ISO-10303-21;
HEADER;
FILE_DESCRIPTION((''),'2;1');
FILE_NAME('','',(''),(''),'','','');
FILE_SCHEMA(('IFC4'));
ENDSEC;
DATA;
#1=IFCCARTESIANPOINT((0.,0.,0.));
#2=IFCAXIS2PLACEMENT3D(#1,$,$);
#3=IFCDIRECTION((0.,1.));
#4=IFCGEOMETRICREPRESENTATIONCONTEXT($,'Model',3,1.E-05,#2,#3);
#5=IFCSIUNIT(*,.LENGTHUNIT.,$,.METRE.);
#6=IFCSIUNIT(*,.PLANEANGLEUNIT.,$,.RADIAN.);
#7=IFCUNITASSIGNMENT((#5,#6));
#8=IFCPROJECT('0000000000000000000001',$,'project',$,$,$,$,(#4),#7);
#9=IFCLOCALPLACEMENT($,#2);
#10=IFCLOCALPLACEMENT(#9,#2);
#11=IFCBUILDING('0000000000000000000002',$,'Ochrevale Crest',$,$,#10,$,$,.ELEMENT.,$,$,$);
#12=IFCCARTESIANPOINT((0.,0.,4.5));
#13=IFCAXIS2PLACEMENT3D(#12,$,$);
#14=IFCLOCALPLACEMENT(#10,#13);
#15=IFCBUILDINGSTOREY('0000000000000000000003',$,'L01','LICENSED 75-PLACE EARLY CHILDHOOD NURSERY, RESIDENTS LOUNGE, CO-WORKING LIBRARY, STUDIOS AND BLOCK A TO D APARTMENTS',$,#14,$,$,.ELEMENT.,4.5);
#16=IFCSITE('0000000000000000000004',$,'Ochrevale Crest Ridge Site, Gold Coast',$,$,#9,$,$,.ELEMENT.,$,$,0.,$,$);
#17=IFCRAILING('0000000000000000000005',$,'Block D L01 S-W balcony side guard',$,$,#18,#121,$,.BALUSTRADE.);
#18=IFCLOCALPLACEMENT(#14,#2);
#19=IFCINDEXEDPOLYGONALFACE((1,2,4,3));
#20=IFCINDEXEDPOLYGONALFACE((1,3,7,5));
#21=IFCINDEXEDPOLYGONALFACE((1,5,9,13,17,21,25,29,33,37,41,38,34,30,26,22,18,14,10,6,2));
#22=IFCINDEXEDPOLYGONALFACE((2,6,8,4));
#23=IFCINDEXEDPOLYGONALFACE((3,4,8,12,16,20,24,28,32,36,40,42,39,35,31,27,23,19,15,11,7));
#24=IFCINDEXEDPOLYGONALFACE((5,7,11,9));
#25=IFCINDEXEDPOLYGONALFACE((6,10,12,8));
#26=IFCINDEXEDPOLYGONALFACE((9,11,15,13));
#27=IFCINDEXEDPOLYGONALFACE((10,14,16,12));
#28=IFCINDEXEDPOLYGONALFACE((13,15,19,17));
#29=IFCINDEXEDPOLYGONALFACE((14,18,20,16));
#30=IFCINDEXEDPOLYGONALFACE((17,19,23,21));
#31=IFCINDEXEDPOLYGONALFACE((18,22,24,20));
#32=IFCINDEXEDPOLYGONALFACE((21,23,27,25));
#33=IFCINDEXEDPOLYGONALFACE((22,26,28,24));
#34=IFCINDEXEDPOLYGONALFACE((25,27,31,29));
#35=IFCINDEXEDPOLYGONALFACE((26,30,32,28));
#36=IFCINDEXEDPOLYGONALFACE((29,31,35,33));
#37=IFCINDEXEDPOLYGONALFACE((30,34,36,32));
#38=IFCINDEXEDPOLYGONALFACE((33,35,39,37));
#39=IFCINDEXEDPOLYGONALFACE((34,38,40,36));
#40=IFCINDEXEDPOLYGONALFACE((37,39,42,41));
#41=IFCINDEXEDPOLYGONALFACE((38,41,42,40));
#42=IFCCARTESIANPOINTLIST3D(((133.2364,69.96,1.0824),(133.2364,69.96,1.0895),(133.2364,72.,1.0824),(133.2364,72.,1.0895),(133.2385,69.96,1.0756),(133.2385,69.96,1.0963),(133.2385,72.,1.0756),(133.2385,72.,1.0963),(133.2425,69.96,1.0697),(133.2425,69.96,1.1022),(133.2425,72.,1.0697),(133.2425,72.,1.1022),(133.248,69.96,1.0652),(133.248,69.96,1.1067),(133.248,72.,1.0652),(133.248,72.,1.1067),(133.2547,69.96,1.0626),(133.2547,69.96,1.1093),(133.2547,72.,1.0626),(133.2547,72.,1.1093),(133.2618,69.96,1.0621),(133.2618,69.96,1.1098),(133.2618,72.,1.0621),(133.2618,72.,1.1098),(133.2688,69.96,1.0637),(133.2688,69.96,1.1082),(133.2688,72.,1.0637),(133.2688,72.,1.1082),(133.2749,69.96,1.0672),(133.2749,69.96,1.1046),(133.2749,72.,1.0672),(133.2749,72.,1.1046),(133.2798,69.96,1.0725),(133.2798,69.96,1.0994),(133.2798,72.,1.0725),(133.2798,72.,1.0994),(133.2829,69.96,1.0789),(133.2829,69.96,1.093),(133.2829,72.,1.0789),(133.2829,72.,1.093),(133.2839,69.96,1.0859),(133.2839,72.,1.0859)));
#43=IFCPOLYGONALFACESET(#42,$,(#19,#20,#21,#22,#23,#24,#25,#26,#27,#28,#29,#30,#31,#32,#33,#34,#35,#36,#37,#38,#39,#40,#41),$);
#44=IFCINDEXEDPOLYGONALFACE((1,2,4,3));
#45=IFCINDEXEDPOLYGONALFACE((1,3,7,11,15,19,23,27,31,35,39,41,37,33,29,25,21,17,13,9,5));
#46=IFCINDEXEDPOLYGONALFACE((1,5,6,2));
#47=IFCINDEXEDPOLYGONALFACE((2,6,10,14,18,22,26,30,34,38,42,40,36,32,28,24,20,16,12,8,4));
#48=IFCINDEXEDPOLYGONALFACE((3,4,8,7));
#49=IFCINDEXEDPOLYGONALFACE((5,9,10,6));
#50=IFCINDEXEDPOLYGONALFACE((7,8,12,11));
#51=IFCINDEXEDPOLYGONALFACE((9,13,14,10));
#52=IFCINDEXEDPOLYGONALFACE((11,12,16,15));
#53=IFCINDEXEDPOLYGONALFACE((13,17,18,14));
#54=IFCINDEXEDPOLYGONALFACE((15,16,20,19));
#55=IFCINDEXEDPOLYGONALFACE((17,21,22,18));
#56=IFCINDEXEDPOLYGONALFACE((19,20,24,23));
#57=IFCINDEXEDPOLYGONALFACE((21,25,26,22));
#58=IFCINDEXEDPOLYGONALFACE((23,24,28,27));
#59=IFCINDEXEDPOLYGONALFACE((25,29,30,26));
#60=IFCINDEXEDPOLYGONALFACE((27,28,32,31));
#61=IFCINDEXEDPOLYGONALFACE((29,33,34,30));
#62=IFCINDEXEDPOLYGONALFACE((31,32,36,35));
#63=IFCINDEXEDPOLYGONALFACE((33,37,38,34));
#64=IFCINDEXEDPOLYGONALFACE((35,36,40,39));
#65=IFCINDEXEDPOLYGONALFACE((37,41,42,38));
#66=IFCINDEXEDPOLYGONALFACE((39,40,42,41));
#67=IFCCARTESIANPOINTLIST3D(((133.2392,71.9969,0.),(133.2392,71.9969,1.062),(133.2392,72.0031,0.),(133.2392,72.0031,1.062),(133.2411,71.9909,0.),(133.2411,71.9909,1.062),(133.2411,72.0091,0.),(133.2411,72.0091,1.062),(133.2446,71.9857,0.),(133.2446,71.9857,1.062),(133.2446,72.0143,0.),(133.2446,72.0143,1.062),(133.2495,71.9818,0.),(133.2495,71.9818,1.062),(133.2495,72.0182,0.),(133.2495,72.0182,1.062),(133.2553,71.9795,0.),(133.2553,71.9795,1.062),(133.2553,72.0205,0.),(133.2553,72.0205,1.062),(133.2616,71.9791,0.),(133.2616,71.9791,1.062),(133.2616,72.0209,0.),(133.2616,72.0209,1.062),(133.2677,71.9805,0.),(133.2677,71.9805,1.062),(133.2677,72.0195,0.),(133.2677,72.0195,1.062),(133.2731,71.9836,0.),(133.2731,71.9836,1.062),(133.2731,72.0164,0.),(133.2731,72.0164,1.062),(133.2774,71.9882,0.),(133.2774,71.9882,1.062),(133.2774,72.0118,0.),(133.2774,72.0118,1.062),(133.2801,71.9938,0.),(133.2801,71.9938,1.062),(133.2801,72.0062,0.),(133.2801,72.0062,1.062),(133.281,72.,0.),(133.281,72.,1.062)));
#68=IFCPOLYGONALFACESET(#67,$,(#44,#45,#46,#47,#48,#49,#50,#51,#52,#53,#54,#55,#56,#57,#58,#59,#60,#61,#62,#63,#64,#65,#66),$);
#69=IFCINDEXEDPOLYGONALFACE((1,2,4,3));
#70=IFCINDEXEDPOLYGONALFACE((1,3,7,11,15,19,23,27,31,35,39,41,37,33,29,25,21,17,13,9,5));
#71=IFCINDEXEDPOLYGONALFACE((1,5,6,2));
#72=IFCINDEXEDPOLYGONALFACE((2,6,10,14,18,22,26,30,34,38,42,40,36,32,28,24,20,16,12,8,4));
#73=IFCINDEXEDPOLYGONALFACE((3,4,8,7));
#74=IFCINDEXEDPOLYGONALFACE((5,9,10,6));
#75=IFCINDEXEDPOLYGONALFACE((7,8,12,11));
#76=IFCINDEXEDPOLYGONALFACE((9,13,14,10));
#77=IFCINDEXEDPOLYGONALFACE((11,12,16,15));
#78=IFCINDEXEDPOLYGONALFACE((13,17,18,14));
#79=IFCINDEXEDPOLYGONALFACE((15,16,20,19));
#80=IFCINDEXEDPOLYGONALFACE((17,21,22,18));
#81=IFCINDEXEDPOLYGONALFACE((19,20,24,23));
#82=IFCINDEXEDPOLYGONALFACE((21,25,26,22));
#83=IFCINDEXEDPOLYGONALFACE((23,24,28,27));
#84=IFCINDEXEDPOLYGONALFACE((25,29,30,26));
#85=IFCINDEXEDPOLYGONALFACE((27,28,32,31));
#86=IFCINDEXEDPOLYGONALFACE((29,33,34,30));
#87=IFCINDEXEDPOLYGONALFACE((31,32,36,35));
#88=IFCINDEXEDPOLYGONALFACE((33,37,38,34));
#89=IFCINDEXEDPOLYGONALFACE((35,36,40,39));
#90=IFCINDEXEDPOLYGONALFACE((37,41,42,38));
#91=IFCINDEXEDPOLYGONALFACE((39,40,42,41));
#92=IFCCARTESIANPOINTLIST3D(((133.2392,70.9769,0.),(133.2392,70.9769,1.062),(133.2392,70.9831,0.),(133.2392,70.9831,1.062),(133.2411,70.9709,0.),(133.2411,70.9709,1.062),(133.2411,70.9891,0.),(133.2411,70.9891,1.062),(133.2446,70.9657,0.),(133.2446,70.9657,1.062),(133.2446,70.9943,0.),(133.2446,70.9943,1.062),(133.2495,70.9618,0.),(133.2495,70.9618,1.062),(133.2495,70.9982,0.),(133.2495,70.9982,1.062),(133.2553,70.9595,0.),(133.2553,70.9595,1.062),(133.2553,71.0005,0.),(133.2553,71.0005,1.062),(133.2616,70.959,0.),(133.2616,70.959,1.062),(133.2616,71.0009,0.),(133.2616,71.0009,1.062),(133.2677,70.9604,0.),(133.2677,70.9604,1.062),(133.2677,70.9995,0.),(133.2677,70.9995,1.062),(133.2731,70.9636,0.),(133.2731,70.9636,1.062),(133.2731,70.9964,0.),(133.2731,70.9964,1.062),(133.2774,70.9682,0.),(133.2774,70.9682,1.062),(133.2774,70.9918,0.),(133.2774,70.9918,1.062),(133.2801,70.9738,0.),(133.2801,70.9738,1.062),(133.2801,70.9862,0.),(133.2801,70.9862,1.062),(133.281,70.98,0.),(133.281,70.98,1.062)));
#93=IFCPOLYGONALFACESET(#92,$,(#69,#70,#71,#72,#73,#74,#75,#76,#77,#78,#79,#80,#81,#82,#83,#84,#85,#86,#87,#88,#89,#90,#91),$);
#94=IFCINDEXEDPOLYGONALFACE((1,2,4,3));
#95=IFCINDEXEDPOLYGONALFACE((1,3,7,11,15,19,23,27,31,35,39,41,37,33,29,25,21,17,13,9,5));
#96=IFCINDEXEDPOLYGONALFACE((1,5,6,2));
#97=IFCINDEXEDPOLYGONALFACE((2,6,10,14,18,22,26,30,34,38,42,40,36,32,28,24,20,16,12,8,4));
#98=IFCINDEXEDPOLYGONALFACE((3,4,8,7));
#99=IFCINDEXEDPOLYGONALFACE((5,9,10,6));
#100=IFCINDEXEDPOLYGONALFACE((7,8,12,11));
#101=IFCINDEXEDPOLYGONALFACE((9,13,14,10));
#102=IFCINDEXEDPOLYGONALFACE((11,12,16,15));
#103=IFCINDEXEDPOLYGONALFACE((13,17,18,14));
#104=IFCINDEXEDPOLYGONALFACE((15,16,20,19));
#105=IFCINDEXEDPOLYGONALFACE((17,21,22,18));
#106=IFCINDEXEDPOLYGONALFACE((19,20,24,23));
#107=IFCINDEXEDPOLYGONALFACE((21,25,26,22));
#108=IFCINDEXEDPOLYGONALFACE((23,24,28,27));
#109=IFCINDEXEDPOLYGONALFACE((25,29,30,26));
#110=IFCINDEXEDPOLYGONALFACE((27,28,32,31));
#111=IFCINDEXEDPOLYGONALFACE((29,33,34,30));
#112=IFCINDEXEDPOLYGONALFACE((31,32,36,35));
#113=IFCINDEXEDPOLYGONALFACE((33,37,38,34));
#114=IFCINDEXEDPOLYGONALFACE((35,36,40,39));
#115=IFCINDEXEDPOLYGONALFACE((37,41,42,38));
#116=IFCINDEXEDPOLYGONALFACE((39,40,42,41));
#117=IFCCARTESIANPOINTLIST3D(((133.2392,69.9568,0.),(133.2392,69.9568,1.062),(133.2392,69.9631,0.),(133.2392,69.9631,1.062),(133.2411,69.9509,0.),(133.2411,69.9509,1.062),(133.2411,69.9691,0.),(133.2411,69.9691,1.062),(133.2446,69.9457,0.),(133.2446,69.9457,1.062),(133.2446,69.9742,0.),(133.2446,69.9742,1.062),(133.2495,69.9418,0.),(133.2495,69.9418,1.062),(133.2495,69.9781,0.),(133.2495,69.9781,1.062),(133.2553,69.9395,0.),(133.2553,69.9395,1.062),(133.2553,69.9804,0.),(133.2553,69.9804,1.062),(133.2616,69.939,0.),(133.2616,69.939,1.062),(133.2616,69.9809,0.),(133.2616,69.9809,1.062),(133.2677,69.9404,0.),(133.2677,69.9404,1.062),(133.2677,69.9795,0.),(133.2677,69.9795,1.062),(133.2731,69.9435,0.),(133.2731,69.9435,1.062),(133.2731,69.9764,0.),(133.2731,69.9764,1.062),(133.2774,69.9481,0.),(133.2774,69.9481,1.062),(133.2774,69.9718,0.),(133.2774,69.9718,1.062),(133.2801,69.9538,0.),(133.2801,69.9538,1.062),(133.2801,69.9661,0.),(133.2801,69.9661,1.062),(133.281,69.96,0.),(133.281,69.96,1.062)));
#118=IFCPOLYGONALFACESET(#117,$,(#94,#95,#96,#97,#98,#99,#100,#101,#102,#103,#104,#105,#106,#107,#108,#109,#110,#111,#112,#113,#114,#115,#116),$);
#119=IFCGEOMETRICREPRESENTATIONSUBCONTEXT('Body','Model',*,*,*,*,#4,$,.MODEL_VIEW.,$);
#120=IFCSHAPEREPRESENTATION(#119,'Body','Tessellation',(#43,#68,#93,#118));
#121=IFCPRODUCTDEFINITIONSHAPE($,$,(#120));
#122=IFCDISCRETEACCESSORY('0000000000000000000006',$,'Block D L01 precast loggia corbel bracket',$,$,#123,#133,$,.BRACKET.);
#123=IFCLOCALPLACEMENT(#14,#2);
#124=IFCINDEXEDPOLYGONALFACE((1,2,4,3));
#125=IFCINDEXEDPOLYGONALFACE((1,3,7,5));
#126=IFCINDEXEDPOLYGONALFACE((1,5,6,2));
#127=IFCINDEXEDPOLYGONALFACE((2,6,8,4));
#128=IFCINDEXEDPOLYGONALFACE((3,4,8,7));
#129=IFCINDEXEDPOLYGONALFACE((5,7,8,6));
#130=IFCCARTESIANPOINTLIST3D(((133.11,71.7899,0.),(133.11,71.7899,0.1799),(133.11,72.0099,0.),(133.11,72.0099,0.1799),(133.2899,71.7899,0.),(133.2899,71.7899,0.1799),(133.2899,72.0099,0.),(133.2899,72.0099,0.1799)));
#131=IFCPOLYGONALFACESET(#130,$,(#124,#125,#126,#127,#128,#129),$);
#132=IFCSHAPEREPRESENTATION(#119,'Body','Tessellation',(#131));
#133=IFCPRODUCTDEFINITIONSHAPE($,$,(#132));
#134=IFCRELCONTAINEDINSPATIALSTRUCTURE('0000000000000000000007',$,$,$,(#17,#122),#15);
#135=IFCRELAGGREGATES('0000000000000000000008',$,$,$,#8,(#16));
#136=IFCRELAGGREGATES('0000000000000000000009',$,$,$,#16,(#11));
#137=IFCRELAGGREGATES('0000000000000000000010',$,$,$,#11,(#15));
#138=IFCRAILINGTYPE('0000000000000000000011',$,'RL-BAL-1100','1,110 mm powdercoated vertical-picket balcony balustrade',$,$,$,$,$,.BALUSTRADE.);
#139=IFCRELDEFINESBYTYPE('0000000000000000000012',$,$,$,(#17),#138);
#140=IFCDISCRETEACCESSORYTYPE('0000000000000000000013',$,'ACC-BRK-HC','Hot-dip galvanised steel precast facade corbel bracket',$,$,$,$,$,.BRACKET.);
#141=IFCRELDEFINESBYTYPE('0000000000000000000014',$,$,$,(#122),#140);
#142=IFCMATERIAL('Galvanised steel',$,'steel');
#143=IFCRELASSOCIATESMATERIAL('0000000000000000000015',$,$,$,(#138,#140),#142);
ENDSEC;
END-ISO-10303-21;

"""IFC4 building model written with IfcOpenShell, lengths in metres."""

from ifc_helpers import new_model, si_unit, direction, frame, origin, origin_2d, place, context, subcontext, project, spatial, rectangle, circle, extrude, material, type_object, element, save


model = new_model("IFC4")

# Units and contexts
model_context = context("Model", 3, precision=1e-05, world=origin(), true_north=direction((0.0, 1.0)))
body_context = subcontext(model_context, "Body", "Model", "MODEL_VIEW")
ifc_project = project(units=[si_unit("LENGTHUNIT", "METRE"), si_unit("PLANEANGLEUNIT", "RADIAN")], contexts=[model_context])

# Site, building, storey
site_placement = place(None, origin())
site = spatial("IfcSite", under=ifc_project, at=site_placement, Name="Ochrevale Crest Ridge Site, Gold Coast", CompositionType="ELEMENT", RefElevation=0.0)
building_placement = place(site_placement, origin())
building = spatial("IfcBuilding", under=site, at=building_placement, Name="Ochrevale Crest", CompositionType="ELEMENT")
storey_placement = place(building_placement, frame((0.0, 0.0, 4.5)))
storey = spatial("IfcBuildingStorey", under=building, at=storey_placement, Name="L01", Description="LICENSED 75-PLACE EARLY CHILDHOOD NURSERY, RESIDENTS LOUNGE, CO-WORKING LIBRARY, STUDIOS AND BLOCK A TO D APARTMENTS", CompositionType="ELEMENT", Elevation=4.5)

# Railing
ifc_material_1 = material(Name="Galvanised steel", Category="steel")
railing_type_1 = type_object("IfcRailingType", Name="RL-BAL-1100", Description="1,110 mm powdercoated vertical-picket balcony balustrade", PredefinedType="BALUSTRADE", material=ifc_material_1)
railing_1_placement = place(storey_placement, frame((133.26, 72.0, 0.0)))
element("IfcRailing", 1, at=railing_1_placement, inside=storey, type_object=railing_type_1, Name="Block D L01 S-W balcony side guard", PredefinedType="BALUSTRADE", context=body_context, shape_type="SweptSolid", body=[
    extrude(circle(Radius=0.0239, at=origin_2d()), frame((0.0, 0.0, 1.0859), z_axis=(0.0, -1.0, 0.0), x_axis=(1.0, 0.0, 0.0)), (0.0, 0.0, 1.0), 2.04),
    extrude(circle(Radius=0.021, at=origin_2d()), origin(), (0.0, 0.0, 1.0), 1.062),
    extrude(circle(Radius=0.021, at=origin_2d()), frame((0.0, -1.02, 0.0)), (0.0, 0.0, 1.0), 1.062),
    extrude(circle(Radius=0.021, at=origin_2d()), frame((0.0, -2.04, 0.0)), (0.0, 0.0, 1.0), 1.062),
])

# Discrete accessory
discrete_accessory_type = type_object("IfcDiscreteAccessoryType", Name="ACC-BRK-HC", Description="Hot-dip galvanised steel precast facade corbel bracket", PredefinedType="BRACKET", material=ifc_material_1)
discrete_accessory_placement = place(storey_placement, frame((133.2, 71.8999, 0.0), z_axis=(0.0, 0.0, 1.0), x_axis=(1.0, 0.0, 0.0)))
element("IfcDiscreteAccessory", 2, at=discrete_accessory_placement, inside=storey, type_object=discrete_accessory_type, Name="Block D L01 precast loggia corbel bracket", PredefinedType="BRACKET", context=body_context, shape_type="SweptSolid", body=[
    extrude(rectangle(XDim=0.1799, YDim=0.22, at=origin_2d()), origin(), (0.0, 0.0, 1.0), 0.1799),
])

save(model, "model.ifc")
